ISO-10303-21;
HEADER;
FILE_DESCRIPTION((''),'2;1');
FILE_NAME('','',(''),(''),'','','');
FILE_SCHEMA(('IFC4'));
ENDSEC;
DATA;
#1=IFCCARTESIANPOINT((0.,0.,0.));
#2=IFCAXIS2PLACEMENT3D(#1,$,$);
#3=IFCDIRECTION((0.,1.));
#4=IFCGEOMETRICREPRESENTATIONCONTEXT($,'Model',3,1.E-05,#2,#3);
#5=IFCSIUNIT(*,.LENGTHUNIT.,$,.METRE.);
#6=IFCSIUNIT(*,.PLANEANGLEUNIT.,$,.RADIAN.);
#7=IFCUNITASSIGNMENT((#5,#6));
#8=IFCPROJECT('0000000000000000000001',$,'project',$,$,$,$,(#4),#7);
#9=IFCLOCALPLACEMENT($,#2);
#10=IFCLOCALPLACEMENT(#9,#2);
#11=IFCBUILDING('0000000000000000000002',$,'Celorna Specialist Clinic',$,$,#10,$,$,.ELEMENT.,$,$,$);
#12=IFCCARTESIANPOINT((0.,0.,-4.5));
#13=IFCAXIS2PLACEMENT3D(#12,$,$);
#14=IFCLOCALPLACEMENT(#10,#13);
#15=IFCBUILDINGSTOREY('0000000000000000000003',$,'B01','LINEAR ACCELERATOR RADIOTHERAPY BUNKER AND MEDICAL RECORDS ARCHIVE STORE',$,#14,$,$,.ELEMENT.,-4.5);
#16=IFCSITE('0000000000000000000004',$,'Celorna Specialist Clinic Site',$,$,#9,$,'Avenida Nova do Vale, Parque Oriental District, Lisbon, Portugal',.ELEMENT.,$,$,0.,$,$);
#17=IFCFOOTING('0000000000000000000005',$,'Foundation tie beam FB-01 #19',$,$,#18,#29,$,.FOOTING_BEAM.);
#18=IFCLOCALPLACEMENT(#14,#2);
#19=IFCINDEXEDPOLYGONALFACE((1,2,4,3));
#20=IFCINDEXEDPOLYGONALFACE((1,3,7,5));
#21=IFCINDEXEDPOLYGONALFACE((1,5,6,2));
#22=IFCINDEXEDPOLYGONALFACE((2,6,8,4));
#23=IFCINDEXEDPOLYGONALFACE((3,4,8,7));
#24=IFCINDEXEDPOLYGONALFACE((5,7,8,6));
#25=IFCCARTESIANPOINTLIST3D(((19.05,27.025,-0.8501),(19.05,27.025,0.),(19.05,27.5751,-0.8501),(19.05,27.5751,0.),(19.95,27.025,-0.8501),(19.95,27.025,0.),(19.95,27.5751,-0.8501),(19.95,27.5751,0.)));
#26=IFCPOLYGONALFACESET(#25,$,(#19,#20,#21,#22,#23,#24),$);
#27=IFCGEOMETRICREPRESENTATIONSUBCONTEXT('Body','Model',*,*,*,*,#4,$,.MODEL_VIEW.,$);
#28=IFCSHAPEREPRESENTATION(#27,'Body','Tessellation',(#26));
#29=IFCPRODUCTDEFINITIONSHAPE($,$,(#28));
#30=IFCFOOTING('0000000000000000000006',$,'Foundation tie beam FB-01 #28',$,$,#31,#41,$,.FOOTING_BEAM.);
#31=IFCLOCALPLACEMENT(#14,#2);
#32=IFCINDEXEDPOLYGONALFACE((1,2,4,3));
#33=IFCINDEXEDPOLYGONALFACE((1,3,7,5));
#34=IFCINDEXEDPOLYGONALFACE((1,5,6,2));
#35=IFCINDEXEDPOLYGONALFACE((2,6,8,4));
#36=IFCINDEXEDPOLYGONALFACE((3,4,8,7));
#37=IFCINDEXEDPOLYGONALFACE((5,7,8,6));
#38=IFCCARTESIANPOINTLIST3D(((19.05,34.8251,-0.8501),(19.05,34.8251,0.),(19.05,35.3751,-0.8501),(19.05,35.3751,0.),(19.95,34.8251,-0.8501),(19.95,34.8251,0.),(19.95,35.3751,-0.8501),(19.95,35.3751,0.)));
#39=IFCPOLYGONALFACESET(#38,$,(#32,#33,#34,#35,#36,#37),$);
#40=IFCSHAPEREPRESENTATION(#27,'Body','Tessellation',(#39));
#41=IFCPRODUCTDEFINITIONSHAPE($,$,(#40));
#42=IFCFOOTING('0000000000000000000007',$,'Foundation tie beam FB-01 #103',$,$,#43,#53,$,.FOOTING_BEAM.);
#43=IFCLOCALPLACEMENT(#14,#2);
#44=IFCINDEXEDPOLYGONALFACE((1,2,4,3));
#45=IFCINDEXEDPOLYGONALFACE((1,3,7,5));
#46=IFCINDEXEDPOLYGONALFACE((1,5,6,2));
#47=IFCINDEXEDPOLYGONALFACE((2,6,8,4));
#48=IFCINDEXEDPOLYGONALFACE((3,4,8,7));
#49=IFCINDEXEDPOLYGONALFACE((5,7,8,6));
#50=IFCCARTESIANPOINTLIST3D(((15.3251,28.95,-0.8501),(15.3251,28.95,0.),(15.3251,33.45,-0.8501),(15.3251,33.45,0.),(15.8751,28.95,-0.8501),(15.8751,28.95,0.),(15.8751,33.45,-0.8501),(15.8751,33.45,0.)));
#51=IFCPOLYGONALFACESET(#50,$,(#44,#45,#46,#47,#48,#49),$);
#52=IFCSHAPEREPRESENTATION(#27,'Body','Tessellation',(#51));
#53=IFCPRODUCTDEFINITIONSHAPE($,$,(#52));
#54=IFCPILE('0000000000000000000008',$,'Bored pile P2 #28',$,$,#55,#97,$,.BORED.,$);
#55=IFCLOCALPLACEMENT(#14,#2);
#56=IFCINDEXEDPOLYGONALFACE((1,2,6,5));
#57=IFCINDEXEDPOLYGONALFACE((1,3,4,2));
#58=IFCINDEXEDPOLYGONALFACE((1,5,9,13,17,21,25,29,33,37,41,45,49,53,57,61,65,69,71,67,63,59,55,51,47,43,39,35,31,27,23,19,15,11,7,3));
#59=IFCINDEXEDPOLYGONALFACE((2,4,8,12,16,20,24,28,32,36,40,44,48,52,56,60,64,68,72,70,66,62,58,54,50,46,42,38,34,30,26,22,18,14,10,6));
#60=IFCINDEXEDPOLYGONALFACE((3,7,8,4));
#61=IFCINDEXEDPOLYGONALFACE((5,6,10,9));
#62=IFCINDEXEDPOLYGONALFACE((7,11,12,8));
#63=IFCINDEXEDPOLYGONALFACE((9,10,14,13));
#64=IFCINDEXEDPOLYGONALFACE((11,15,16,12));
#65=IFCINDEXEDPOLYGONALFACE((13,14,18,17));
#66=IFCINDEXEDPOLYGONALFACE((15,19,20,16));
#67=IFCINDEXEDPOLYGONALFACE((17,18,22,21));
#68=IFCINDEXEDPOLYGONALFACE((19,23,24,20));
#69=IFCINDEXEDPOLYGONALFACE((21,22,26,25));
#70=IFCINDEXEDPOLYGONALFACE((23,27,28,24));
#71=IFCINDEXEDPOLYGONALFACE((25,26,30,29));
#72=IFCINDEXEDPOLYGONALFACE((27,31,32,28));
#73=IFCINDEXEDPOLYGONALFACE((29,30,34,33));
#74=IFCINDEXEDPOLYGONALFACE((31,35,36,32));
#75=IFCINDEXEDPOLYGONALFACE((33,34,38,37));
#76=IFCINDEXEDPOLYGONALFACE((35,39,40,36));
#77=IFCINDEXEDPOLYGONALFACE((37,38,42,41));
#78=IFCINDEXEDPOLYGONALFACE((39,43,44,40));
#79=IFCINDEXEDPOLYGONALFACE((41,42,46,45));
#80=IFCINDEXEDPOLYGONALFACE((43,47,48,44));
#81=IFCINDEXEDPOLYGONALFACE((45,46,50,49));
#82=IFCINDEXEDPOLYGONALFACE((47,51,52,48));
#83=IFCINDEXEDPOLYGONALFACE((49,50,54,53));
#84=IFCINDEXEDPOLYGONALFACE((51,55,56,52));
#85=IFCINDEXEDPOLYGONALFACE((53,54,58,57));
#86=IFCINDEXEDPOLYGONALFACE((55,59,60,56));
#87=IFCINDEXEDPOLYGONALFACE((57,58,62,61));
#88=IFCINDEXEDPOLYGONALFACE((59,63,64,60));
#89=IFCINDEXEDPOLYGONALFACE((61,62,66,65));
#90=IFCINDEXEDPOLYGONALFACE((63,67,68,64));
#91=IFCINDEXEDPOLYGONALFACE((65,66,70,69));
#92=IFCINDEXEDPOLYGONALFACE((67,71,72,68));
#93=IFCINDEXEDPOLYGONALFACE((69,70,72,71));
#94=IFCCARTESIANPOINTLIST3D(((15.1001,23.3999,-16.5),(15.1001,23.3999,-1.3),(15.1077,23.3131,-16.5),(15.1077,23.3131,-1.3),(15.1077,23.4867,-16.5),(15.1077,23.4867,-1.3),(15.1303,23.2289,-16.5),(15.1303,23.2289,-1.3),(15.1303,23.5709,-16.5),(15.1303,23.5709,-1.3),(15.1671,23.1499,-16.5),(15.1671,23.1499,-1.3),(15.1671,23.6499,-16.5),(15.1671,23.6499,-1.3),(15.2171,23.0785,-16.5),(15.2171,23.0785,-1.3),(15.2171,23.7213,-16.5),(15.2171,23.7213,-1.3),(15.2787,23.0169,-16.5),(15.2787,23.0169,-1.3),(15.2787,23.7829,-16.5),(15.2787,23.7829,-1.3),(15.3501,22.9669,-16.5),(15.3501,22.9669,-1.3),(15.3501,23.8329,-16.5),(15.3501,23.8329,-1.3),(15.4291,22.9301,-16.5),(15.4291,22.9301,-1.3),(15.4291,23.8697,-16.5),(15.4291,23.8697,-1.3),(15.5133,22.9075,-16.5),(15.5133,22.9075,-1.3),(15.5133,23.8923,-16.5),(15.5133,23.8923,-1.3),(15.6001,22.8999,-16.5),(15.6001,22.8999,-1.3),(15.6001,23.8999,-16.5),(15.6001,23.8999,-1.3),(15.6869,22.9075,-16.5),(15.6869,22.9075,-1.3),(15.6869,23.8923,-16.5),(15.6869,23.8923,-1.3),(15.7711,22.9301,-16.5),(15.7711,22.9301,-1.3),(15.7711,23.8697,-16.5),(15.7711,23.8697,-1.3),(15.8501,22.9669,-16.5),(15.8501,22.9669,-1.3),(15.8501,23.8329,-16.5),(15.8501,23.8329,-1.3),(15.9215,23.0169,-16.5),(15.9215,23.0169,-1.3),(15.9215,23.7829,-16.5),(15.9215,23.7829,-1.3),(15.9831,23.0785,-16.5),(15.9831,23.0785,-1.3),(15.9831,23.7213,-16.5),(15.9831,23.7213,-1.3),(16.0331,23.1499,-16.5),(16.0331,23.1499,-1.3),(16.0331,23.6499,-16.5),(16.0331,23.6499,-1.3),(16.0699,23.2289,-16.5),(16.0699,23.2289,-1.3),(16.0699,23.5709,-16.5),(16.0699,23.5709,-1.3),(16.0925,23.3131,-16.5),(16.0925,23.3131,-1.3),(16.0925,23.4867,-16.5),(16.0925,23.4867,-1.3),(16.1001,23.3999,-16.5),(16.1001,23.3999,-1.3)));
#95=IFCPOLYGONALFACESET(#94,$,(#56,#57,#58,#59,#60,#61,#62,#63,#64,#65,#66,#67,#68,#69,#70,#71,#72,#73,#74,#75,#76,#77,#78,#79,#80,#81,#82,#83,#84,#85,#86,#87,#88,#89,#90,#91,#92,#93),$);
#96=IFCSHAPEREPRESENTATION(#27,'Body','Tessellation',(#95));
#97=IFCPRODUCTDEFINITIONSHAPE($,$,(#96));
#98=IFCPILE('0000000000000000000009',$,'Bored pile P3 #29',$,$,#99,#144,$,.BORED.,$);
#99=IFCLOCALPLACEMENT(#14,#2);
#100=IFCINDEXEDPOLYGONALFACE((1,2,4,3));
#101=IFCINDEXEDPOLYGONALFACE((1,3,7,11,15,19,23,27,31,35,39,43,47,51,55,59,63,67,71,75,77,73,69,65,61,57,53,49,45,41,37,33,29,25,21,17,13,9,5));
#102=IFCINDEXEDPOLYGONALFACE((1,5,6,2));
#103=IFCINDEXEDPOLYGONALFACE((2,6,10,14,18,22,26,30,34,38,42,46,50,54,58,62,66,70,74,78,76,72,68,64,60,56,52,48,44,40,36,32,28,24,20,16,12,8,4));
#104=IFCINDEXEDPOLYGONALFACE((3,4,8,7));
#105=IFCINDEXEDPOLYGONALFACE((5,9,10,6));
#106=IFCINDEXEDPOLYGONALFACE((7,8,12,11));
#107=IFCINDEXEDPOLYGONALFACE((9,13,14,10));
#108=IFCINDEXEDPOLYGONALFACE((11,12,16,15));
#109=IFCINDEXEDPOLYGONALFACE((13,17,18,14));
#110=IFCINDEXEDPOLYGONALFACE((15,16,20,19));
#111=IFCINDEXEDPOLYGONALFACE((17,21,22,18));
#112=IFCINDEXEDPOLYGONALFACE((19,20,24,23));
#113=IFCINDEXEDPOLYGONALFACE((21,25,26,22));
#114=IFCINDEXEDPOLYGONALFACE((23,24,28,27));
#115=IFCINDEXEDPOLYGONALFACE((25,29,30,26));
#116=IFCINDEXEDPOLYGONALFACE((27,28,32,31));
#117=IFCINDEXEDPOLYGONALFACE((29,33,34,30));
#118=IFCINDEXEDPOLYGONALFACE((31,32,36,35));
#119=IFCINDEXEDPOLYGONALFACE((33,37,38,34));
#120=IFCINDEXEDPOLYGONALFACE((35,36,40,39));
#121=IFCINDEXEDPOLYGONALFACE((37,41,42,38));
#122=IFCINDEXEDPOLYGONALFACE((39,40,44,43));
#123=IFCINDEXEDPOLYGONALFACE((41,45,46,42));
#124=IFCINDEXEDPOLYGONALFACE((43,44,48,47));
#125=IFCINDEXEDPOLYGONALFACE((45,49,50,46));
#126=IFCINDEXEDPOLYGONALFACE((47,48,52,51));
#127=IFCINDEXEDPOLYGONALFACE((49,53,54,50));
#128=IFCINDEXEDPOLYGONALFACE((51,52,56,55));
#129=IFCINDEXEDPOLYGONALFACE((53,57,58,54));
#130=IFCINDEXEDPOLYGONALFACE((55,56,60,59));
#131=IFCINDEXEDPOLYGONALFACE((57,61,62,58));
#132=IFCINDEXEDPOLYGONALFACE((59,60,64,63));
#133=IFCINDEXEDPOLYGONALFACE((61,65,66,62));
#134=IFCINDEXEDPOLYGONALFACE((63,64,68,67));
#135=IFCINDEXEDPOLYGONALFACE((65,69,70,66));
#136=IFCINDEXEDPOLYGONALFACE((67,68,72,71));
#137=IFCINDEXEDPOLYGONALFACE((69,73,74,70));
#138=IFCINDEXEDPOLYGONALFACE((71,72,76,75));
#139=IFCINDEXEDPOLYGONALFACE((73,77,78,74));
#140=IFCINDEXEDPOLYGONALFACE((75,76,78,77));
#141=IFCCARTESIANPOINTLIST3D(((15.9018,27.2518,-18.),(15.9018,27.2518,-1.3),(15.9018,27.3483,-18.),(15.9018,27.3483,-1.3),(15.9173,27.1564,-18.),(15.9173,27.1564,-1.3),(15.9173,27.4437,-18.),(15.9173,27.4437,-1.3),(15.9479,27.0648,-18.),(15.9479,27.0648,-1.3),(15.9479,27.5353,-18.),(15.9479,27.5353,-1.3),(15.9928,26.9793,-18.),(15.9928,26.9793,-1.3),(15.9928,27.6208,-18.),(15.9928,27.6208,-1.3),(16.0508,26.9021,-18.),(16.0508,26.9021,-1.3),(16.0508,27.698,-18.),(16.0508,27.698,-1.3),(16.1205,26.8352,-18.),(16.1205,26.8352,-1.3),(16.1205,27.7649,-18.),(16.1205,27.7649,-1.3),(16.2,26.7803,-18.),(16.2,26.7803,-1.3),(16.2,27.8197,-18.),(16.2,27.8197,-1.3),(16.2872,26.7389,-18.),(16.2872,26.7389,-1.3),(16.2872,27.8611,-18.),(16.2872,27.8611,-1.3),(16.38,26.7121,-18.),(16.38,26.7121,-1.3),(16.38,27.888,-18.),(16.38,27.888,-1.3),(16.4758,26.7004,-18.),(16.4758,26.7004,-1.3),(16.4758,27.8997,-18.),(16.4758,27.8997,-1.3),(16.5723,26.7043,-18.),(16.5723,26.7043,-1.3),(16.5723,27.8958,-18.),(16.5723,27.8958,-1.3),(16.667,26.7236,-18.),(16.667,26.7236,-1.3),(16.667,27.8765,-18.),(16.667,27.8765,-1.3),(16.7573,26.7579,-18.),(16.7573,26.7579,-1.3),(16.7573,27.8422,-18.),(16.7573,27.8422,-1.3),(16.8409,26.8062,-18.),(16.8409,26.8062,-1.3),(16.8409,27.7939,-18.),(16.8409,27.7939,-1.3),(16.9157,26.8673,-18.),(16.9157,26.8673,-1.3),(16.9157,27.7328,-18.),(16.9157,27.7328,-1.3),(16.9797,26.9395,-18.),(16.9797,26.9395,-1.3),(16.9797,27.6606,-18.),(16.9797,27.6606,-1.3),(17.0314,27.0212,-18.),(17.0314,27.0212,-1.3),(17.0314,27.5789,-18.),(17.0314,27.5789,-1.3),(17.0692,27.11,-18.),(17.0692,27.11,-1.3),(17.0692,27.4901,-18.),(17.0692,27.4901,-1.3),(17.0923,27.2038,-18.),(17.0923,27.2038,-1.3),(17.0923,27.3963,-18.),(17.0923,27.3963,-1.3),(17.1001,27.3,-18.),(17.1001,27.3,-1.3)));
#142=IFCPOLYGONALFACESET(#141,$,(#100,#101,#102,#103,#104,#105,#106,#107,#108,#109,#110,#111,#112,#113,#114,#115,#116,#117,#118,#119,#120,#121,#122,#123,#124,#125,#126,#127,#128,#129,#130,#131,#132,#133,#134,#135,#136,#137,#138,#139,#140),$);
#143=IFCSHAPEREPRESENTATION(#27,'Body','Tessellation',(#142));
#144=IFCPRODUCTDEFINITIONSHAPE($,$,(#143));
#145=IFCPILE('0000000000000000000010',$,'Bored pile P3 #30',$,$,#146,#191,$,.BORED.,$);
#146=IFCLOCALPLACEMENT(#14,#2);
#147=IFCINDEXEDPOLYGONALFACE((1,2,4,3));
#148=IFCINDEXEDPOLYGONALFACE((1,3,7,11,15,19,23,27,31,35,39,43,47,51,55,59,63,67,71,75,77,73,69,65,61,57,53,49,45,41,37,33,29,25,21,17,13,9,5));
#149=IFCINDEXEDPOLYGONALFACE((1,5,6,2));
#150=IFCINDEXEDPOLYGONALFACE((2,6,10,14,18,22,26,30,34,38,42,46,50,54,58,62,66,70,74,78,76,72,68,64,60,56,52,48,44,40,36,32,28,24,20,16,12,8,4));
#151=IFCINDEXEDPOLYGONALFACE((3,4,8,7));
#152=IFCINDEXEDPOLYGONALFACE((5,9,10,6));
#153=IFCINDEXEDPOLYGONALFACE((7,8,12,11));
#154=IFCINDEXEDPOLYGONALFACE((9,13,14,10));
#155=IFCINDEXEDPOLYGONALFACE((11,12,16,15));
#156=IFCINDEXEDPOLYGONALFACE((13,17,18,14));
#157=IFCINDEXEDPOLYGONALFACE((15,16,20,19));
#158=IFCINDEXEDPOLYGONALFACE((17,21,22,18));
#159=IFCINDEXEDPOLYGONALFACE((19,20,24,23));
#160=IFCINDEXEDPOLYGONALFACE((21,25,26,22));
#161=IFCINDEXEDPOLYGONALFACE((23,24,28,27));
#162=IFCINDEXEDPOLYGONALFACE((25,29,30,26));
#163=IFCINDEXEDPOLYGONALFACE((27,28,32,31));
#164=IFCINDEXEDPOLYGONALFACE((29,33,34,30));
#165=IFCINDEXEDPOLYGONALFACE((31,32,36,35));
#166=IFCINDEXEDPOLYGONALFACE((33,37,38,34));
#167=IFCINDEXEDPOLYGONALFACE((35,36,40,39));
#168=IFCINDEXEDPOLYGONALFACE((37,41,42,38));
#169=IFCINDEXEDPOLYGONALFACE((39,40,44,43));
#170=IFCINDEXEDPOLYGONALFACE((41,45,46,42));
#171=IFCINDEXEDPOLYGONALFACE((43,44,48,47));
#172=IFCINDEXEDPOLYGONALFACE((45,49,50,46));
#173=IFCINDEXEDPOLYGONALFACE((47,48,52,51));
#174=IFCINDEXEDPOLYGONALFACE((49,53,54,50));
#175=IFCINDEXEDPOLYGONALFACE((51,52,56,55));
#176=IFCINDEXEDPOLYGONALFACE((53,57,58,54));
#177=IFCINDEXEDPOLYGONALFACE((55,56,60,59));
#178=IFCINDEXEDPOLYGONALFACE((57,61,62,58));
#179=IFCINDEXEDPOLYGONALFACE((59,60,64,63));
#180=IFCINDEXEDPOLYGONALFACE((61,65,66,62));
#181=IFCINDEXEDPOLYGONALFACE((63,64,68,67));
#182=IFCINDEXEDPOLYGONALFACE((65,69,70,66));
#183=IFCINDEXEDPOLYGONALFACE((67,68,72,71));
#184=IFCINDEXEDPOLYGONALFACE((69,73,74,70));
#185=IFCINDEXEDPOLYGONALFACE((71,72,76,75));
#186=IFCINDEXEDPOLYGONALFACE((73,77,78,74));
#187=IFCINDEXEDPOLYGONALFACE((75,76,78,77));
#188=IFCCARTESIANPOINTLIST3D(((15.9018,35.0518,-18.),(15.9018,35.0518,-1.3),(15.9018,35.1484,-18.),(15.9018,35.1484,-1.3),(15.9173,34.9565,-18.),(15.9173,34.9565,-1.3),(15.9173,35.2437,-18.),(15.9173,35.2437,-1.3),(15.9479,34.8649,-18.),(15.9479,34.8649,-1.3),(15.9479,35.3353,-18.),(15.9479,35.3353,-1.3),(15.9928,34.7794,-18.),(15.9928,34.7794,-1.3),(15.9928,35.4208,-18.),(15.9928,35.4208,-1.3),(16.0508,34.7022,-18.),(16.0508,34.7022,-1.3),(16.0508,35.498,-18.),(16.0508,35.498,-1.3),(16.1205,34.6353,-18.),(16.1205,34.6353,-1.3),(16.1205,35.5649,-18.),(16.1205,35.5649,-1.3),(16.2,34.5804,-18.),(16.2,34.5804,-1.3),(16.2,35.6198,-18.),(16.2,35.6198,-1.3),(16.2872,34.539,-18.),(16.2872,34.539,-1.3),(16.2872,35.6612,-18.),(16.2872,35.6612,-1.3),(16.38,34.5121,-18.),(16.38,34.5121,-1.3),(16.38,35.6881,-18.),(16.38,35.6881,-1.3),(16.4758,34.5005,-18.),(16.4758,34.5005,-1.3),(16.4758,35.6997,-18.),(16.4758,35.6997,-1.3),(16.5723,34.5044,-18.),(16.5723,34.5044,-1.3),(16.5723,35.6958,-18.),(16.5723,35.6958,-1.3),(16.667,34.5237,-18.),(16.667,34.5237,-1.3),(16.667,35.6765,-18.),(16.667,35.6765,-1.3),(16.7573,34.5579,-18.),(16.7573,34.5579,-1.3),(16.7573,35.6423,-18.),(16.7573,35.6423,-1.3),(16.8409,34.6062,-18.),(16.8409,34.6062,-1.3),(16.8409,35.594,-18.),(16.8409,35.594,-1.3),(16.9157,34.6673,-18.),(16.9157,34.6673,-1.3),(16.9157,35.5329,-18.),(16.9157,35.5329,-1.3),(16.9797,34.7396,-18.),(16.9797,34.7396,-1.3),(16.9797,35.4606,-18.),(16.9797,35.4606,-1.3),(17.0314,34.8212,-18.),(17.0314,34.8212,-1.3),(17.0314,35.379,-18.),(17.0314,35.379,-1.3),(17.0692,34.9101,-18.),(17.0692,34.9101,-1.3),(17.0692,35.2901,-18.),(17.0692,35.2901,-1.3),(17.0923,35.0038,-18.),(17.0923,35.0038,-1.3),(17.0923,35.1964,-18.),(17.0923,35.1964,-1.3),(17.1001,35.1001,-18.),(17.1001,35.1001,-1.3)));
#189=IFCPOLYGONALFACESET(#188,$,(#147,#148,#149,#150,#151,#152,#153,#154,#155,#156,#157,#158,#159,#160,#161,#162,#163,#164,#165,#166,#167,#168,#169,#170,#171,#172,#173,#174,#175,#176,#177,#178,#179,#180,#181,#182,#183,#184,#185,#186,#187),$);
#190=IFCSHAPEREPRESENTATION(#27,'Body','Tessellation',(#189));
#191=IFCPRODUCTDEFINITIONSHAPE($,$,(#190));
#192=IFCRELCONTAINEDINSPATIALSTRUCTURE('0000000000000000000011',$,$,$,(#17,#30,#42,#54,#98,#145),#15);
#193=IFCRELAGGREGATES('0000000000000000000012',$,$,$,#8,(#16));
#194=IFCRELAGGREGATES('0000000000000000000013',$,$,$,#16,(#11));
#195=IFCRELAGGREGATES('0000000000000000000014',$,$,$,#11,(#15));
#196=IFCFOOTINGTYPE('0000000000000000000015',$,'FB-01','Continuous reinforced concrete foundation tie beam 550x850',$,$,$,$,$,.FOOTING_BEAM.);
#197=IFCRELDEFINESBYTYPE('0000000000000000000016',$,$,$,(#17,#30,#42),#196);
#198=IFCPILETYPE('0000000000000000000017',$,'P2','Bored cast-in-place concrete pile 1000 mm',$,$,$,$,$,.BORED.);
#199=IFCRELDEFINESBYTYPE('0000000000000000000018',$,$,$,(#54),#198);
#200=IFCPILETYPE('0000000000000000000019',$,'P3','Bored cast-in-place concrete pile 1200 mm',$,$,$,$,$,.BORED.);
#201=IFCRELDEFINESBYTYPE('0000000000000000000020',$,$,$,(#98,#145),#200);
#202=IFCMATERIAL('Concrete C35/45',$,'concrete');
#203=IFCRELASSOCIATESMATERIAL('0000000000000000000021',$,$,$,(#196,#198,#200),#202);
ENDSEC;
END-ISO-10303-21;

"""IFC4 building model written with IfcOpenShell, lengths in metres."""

from ifc_helpers import new_model, si_unit, direction, frame, origin, origin_2d, place, context, subcontext, project, spatial, rectangle, circle, extrude, material, material_profile, profile_set, type_object, element, save


model = new_model("IFC4")

# Units and contexts
model_context = context("Model", 3, precision=1e-05, world=origin(), true_north=direction((0.0, 1.0)))
body_context = subcontext(model_context, "Body", "Model", "MODEL_VIEW")
ifc_project = project(units=[si_unit("LENGTHUNIT", "METRE"), si_unit("PLANEANGLEUNIT", "RADIAN")], contexts=[model_context])

# Site, building, storey
site_placement = place(None, origin())
site = spatial("IfcSite", under=ifc_project, at=site_placement, Name="Celorna Specialist Clinic Site", LongName="Avenida Nova do Vale, Parque Oriental District, Lisbon, Portugal", CompositionType="ELEMENT", RefElevation=0.0)
building_placement = place(site_placement, origin())
building = spatial("IfcBuilding", under=site, at=building_placement, Name="Celorna Specialist Clinic", CompositionType="ELEMENT")
storey_placement = place(building_placement, frame((0.0, 0.0, -4.5)))
storey = spatial("IfcBuildingStorey", under=building, at=storey_placement, Name="B01", Description="LINEAR ACCELERATOR RADIOTHERAPY BUNKER AND MEDICAL RECORDS ARCHIVE STORE", CompositionType="ELEMENT", Elevation=-4.5)

# Footings
ifc_material_1 = material(Name="Concrete C35/45", Category="concrete")
footing_type_1 = type_object("IfcFootingType", Name="FB-01", Description="Continuous reinforced concrete foundation tie beam 550x850", PredefinedType="FOOTING_BEAM", material=ifc_material_1)
for number, where, z_axis, x_axis, name in (
    (1, (19.5, 27.3, -0.8501), (0.0, 0.0, 1.0), (1.0, 0.0, 0.0), "Foundation tie beam FB-01 #19"),
    (2, (19.5, 35.1001, -0.8501), (0.0, 0.0, 1.0), (1.0, 0.0, 0.0), "Foundation tie beam FB-01 #28"),
):
    element("IfcFooting", number, at=place(storey_placement, frame(where, z_axis=z_axis, x_axis=x_axis)), inside=storey, type_object=footing_type_1, Name=name, PredefinedType="FOOTING_BEAM", context=body_context, shape_type="SweptSolid", body=[
        extrude(rectangle(XDim=0.8999, YDim=0.55, at=origin_2d()), origin(), (0.0, 0.0, 1.0), 0.8501),
    ])
footing_placement = place(storey_placement, frame((15.6001, 31.2, -0.8501), z_axis=(0.0, 0.0, 1.0), x_axis=(0.0, 1.0, 0.0)))
element("IfcFooting", 3, at=footing_placement, inside=storey, type_object=footing_type_1, Name="Foundation tie beam FB-01 #103", PredefinedType="FOOTING_BEAM", context=body_context, shape_type="SweptSolid", body=[
    extrude(rectangle(XDim=4.5, YDim=0.55, at=origin_2d()), origin(), (0.0, 0.0, 1.0), 0.8501),
])

# Piles
ifc_material_profile_1 = material_profile(ifc_material_1, circle(Radius=0.5, at=origin_2d()), Name="BORED PILE 1000")
ifc_profile_set_1 = profile_set([ifc_material_profile_1], Name="Concrete C35/45")
pile_type_1 = type_object("IfcPileType", Name="P2", Description="Bored cast-in-place concrete pile 1000 mm", PredefinedType="BORED", material=ifc_profile_set_1)
pile_1_placement = place(storey_placement, frame((15.6001, 23.3999, -1.3), z_axis=(0.0, 0.0, -1.0), x_axis=(1.0, 0.0, 0.0)))
element("IfcPile", 4, at=pile_1_placement, inside=storey, type_object=pile_type_1, Name="Bored pile P2 #28", PredefinedType="BORED", context=body_context, shape_type="SweptSolid", body=[
    extrude(circle(Radius=0.5, at=origin_2d()), origin(), (0.0, 0.0, 1.0), 15.2),
])
ifc_material_profile_2 = material_profile(ifc_material_1, circle(Radius=0.6001, at=origin_2d()), Name="BORED PILE 1200")
ifc_profile_set_2 = profile_set([ifc_material_profile_2], Name="Concrete C35/45")
pile_type_2 = type_object("IfcPileType", Name="P3", Description="Bored cast-in-place concrete pile 1200 mm", PredefinedType="BORED", material=ifc_profile_set_2)
for number, where, z_axis, x_axis, name in (
    (5, (16.5, 27.3, -1.3), (0.0, 0.0, -1.0), (1.0, 0.0, 0.0), "Bored pile P3 #29"),
    (6, (16.5, 35.1001, -1.3), (0.0, 0.0, -1.0), (1.0, 0.0, 0.0), "Bored pile P3 #30"),
):
    element("IfcPile", number, at=place(storey_placement, frame(where, z_axis=z_axis, x_axis=x_axis)), inside=storey, type_object=pile_type_2, Name=name, PredefinedType="BORED", context=body_context, shape_type="SweptSolid", body=[
        extrude(circle(Radius=0.6001, at=origin_2d()), origin(), (0.0, 0.0, 1.0), 16.7),
    ])

save(model, "model.ifc")
